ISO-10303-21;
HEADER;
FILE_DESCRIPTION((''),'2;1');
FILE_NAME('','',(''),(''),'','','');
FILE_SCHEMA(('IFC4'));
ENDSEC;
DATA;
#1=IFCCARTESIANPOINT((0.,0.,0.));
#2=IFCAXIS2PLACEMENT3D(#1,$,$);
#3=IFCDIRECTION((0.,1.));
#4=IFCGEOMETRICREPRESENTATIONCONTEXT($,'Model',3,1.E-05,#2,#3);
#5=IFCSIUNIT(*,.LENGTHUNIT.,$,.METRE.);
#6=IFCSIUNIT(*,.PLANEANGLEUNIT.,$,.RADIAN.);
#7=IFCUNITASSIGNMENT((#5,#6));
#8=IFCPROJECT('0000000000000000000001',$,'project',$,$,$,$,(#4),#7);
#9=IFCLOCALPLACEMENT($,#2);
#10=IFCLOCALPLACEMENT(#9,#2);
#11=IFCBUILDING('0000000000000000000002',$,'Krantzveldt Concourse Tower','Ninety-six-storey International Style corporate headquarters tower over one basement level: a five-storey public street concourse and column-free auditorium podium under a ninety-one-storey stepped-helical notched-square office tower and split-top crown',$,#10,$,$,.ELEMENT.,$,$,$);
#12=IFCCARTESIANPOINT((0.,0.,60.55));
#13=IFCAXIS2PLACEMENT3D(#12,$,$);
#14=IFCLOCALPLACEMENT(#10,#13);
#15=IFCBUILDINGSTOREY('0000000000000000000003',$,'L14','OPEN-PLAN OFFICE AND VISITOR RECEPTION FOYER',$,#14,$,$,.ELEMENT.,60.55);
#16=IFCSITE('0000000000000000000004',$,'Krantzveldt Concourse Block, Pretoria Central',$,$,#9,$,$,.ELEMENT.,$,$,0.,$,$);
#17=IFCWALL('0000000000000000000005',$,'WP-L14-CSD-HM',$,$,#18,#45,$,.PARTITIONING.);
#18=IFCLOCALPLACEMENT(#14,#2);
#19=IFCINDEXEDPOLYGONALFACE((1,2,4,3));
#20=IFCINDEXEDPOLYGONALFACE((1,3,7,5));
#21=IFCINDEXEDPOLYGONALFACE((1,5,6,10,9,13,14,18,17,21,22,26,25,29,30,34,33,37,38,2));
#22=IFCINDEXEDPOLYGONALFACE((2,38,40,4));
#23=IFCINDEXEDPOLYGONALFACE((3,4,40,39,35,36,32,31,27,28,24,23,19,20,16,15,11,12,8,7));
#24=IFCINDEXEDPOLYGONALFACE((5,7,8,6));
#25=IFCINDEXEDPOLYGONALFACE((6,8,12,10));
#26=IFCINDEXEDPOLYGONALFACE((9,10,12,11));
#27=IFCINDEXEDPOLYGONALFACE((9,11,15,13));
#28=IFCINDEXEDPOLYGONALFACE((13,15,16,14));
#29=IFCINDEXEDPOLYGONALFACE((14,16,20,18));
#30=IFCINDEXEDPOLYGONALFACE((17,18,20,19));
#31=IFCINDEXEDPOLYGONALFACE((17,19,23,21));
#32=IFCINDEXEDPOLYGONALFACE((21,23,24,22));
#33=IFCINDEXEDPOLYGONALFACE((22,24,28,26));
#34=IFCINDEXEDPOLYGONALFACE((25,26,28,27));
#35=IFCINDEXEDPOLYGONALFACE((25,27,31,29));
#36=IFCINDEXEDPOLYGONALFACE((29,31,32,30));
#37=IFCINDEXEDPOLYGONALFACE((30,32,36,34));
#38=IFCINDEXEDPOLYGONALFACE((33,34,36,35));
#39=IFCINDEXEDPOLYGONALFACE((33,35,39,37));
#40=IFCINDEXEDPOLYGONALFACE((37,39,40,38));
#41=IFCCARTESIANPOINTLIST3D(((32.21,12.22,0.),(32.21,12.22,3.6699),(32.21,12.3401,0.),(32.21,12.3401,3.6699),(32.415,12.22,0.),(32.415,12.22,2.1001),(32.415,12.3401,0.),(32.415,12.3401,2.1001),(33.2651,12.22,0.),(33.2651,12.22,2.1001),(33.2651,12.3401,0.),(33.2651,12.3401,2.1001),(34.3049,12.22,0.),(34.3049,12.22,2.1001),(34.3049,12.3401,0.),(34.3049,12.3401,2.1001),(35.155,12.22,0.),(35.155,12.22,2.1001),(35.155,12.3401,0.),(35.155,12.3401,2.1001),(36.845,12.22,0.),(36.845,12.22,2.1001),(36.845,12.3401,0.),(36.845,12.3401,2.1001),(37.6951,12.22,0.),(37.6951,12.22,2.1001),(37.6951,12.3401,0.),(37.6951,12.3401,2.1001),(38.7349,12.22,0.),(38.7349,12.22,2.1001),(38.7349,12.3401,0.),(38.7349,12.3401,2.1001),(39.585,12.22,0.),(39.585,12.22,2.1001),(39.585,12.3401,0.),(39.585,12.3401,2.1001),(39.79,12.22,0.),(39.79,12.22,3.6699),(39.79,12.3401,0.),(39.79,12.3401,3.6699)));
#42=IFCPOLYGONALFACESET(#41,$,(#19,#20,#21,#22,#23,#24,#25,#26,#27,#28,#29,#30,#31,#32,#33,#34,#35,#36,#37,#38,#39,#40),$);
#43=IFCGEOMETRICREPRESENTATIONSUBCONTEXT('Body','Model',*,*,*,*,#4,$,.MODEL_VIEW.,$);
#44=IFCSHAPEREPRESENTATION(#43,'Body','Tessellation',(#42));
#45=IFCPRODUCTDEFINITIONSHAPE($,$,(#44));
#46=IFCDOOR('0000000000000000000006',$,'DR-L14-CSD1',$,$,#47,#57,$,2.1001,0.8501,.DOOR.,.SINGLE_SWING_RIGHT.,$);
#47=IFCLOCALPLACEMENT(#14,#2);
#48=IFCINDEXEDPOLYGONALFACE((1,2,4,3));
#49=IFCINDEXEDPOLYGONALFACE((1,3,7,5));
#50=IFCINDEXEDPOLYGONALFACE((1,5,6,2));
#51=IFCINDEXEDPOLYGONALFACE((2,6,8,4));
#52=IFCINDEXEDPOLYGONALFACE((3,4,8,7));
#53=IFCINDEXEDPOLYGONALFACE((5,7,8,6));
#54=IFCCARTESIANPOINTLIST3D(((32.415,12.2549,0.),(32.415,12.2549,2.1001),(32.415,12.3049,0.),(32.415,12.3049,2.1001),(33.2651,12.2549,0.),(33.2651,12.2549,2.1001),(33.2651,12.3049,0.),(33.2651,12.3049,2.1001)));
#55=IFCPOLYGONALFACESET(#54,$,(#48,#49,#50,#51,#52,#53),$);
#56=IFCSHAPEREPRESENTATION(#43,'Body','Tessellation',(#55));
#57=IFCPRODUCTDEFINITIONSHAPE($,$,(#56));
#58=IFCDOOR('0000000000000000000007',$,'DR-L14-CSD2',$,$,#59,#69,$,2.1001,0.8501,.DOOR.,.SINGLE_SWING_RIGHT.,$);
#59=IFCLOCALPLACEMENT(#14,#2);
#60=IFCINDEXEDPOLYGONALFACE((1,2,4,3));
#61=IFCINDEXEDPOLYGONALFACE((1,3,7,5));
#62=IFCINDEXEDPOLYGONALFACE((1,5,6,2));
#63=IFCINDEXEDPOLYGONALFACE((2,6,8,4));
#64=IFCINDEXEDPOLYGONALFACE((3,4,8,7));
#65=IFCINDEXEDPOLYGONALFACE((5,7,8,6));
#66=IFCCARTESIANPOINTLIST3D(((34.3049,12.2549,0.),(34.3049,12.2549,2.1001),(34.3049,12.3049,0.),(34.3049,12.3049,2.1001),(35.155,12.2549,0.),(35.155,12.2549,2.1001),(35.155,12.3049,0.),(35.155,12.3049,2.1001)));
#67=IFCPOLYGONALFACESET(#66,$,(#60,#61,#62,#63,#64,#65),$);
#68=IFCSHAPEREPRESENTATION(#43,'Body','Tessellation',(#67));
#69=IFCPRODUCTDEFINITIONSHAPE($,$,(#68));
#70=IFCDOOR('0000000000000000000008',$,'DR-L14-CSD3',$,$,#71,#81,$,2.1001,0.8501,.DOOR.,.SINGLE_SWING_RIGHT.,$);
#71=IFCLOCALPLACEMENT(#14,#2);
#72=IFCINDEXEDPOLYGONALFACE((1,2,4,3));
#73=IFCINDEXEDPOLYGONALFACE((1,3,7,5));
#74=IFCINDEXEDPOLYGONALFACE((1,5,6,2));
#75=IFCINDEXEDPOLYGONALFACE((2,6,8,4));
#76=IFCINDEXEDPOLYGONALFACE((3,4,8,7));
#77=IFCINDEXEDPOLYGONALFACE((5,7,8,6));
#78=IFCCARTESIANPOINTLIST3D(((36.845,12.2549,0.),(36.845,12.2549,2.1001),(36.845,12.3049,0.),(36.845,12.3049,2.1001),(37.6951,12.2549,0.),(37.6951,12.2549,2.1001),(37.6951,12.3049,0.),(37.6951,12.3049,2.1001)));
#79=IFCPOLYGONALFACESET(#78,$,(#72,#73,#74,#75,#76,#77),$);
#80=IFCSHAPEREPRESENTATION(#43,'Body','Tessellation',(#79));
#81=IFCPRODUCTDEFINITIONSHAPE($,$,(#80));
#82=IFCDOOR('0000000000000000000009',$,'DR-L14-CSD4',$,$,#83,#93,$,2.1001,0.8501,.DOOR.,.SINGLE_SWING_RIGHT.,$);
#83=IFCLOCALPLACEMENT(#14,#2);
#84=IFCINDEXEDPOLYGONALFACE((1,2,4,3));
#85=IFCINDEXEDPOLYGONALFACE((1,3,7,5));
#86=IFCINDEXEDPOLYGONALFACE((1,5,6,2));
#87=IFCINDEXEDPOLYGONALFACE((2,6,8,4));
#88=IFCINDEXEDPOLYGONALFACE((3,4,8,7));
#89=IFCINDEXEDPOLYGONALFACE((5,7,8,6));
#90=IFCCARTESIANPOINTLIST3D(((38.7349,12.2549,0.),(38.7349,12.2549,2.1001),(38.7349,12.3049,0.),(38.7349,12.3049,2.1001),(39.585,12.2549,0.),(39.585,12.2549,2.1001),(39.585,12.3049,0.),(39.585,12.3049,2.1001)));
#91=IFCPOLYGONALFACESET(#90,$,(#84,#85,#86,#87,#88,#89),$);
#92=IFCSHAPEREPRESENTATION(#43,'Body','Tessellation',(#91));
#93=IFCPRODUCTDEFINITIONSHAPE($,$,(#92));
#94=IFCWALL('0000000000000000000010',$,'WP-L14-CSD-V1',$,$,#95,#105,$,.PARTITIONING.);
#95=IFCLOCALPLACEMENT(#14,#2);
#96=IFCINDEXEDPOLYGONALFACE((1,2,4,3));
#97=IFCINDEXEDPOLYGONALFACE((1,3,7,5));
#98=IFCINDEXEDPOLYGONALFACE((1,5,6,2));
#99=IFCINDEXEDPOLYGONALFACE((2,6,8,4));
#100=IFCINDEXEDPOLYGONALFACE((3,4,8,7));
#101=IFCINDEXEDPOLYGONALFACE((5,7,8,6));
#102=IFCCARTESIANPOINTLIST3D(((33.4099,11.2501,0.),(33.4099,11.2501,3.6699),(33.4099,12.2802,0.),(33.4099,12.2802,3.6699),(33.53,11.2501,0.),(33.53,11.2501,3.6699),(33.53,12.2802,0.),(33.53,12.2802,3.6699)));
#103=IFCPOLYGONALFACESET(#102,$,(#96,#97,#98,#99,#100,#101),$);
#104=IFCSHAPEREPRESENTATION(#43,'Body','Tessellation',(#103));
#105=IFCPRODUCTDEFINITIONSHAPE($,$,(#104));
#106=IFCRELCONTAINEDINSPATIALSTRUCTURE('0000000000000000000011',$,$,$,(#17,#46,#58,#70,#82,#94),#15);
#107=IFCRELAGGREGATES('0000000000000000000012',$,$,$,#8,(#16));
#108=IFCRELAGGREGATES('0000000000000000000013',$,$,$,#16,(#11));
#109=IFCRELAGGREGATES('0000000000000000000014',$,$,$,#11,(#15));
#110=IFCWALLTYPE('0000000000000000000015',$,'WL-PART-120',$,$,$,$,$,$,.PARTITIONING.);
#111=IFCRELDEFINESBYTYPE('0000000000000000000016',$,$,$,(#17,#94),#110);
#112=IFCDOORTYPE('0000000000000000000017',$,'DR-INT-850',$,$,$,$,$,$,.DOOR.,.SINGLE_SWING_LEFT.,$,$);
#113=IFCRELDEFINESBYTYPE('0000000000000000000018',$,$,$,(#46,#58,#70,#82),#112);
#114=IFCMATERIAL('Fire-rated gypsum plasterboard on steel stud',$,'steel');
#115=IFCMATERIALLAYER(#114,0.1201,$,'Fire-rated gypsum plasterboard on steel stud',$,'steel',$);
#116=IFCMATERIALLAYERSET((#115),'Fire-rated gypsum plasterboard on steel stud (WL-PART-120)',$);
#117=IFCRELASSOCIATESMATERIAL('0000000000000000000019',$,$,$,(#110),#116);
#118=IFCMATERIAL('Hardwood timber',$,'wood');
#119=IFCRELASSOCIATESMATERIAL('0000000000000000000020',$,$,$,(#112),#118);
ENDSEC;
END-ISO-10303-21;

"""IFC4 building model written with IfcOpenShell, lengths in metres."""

from ifc_helpers import new_model, si_unit, direction, frame, frame_2d, origin, place, context, subcontext, project, spatial, rectangle, extrude, material, layer, layer_set, type_object, element, fill, save


model = new_model("IFC4")

# Units and contexts
model_context = context("Model", 3, precision=1e-05, world=origin(), true_north=direction((0.0, 1.0)))
body_context = subcontext(model_context, "Body", "Model", "MODEL_VIEW")
ifc_project = project(units=[si_unit("LENGTHUNIT", "METRE"), si_unit("PLANEANGLEUNIT", "RADIAN")], contexts=[model_context])

# Site, building, storey
site_placement = place(None, origin())
site = spatial("IfcSite", under=ifc_project, at=site_placement, Name="Krantzveldt Concourse Block, Pretoria Central", CompositionType="ELEMENT", RefElevation=0.0)
building_placement = place(site_placement, origin())
building = spatial("IfcBuilding", under=site, at=building_placement, Name="Krantzveldt Concourse Tower", Description="Ninety-six-storey International Style corporate headquarters tower over one basement level: a five-storey public street concourse and column-free auditorium podium under a ninety-one-storey stepped-helical notched-square office tower and split-top crown", CompositionType="ELEMENT")
storey_placement = place(building_placement, frame((0.0, 0.0, 60.55)))
storey = spatial("IfcBuildingStorey", under=building, at=storey_placement, Name="L14", Description="OPEN-PLAN OFFICE AND VISITOR RECEPTION FOYER", CompositionType="ELEMENT", Elevation=60.55)

# Wall, openings, doors
ifc_material_1 = material(Name="Fire-rated gypsum plasterboard on steel stud", Category="steel")
ifc_layer_1 = layer(ifc_material_1, 0.1201, Name="Fire-rated gypsum plasterboard on steel stud", Category="steel")
ifc_layer_set_1 = layer_set([ifc_layer_1], Name="Fire-rated gypsum plasterboard on steel stud (WL-PART-120)")
wall_type_1 = type_object("IfcWallType", Name="WL-PART-120", PredefinedType="PARTITIONING", material=ifc_layer_set_1)
wall_1_placement = place(storey_placement, frame((32.21, 12.28, 0.0), z_axis=(0.0, 0.0, 1.0), x_axis=(1.0, 0.0, 0.0)))
wall_1 = element("IfcWall", 1, at=wall_1_placement, inside=storey, type_object=wall_type_1, Name="WP-L14-CSD-HM", PredefinedType="PARTITIONING", context=body_context, shape_type="SweptSolid", body=[
    extrude(rectangle(XDim=7.5801, YDim=0.1201, at=frame_2d((3.79, 0.0))), origin(), (0.0, 0.0, 1.0), 3.6699),
])
opening_1_placement = place(wall_1_placement, frame((0.2051, 0.0, 0.0)))
opening_1 = element("IfcOpeningElement", 2, at=opening_1_placement, cuts=wall_1, PredefinedType="OPENING", context=body_context, shape_type="SweptSolid", body=[
    extrude(rectangle(XDim=0.8501, YDim=2.1001, at=frame_2d((0.425, 1.05))), frame((0.0, 0.0701, 0.0), z_axis=(0.0, -1.0, 0.0), x_axis=(1.0, 0.0, 0.0)), (0.0, 0.0, 1.0), 0.1401),
])
opening_2_placement = place(wall_1_placement, frame((2.095, 0.0, 0.0)))
opening_2 = element("IfcOpeningElement", 3, at=opening_2_placement, cuts=wall_1, PredefinedType="OPENING", context=body_context, shape_type="SweptSolid", body=[
    extrude(rectangle(XDim=0.8501, YDim=2.1001, at=frame_2d((0.425, 1.05))), frame((0.0, 0.0701, 0.0), z_axis=(0.0, -1.0, 0.0), x_axis=(1.0, 0.0, 0.0)), (0.0, 0.0, 1.0), 0.1401),
])
opening_3_placement = place(wall_1_placement, frame((4.635, 0.0, 0.0)))
opening_3 = element("IfcOpeningElement", 4, at=opening_3_placement, cuts=wall_1, PredefinedType="OPENING", context=body_context, shape_type="SweptSolid", body=[
    extrude(rectangle(XDim=0.8501, YDim=2.1001, at=frame_2d((0.425, 1.05))), frame((0.0, 0.0701, 0.0), z_axis=(0.0, -1.0, 0.0), x_axis=(1.0, 0.0, 0.0)), (0.0, 0.0, 1.0), 0.1401),
])
opening_4_placement = place(wall_1_placement, frame((6.5249, 0.0, 0.0)))
opening_4 = element("IfcOpeningElement", 5, at=opening_4_placement, cuts=wall_1, PredefinedType="OPENING", context=body_context, shape_type="SweptSolid", body=[
    extrude(rectangle(XDim=0.8501, YDim=2.1001, at=frame_2d((0.425, 1.05))), frame((0.0, 0.0701, 0.0), z_axis=(0.0, -1.0, 0.0), x_axis=(1.0, 0.0, 0.0)), (0.0, 0.0, 1.0), 0.1401),
])
ifc_material_2 = material(Name="Hardwood timber", Category="wood")
door_type_1 = type_object("IfcDoorType", Name="DR-INT-850", OperationType="SINGLE_SWING_LEFT", PredefinedType="DOOR", material=ifc_material_2)
door_1_placement = place(opening_1_placement, origin())
door_1 = element("IfcDoor", 6, at=door_1_placement, inside=storey, type_object=door_type_1, Name="DR-L14-CSD1", OperationType="SINGLE_SWING_RIGHT", OverallHeight=2.1001, OverallWidth=0.8501, PredefinedType="DOOR", context=body_context, shape_type="SweptSolid", body=[
    extrude(rectangle(XDim=0.8501, YDim=2.1001, at=frame_2d((0.425, 1.05))), frame((0.0, 0.0249, 0.0), z_axis=(0.0, -1.0, 0.0), x_axis=(1.0, 0.0, 0.0)), (0.0, 0.0, 1.0), 0.05),
])
fill(opening_1, door_1)
door_2_placement = place(opening_2_placement, origin())
door_2 = element("IfcDoor", 7, at=door_2_placement, inside=storey, type_object=door_type_1, Name="DR-L14-CSD2", OperationType="SINGLE_SWING_RIGHT", OverallHeight=2.1001, OverallWidth=0.8501, PredefinedType="DOOR", context=body_context, shape_type="SweptSolid", body=[
    extrude(rectangle(XDim=0.8501, YDim=2.1001, at=frame_2d((0.425, 1.05))), frame((0.0, 0.0249, 0.0), z_axis=(0.0, -1.0, 0.0), x_axis=(1.0, 0.0, 0.0)), (0.0, 0.0, 1.0), 0.05),
])
fill(opening_2, door_2)
door_3_placement = place(opening_3_placement, origin())
door_3 = element("IfcDoor", 8, at=door_3_placement, inside=storey, type_object=door_type_1, Name="DR-L14-CSD3", OperationType="SINGLE_SWING_RIGHT", OverallHeight=2.1001, OverallWidth=0.8501, PredefinedType="DOOR", context=body_context, shape_type="SweptSolid", body=[
    extrude(rectangle(XDim=0.8501, YDim=2.1001, at=frame_2d((0.425, 1.05))), frame((0.0, 0.0249, 0.0), z_axis=(0.0, -1.0, 0.0), x_axis=(1.0, 0.0, 0.0)), (0.0, 0.0, 1.0), 0.05),
])
fill(opening_3, door_3)
door_4_placement = place(opening_4_placement, origin())
door_4 = element("IfcDoor", 9, at=door_4_placement, inside=storey, type_object=door_type_1, Name="DR-L14-CSD4", OperationType="SINGLE_SWING_RIGHT", OverallHeight=2.1001, OverallWidth=0.8501, PredefinedType="DOOR", context=body_context, shape_type="SweptSolid", body=[
    extrude(rectangle(XDim=0.8501, YDim=2.1001, at=frame_2d((0.425, 1.05))), frame((0.0, 0.0249, 0.0), z_axis=(0.0, -1.0, 0.0), x_axis=(1.0, 0.0, 0.0)), (0.0, 0.0, 1.0), 0.05),
])
fill(opening_4, door_4)

# Wall
wall_2_placement = place(storey_placement, frame((33.47, 11.25, 0.0), z_axis=(0.0, 0.0, 1.0), x_axis=(0.0, 1.0, 0.0)))
element("IfcWall", 10, at=wall_2_placement, inside=storey, type_object=wall_type_1, Name="WP-L14-CSD-V1", PredefinedType="PARTITIONING", context=body_context, shape_type="SweptSolid", body=[
    extrude(rectangle(XDim=1.03, YDim=0.1201, at=frame_2d((0.5151, 0.0))), origin(), (0.0, 0.0, 1.0), 3.6699),
])

save(model, "model.ifc")
